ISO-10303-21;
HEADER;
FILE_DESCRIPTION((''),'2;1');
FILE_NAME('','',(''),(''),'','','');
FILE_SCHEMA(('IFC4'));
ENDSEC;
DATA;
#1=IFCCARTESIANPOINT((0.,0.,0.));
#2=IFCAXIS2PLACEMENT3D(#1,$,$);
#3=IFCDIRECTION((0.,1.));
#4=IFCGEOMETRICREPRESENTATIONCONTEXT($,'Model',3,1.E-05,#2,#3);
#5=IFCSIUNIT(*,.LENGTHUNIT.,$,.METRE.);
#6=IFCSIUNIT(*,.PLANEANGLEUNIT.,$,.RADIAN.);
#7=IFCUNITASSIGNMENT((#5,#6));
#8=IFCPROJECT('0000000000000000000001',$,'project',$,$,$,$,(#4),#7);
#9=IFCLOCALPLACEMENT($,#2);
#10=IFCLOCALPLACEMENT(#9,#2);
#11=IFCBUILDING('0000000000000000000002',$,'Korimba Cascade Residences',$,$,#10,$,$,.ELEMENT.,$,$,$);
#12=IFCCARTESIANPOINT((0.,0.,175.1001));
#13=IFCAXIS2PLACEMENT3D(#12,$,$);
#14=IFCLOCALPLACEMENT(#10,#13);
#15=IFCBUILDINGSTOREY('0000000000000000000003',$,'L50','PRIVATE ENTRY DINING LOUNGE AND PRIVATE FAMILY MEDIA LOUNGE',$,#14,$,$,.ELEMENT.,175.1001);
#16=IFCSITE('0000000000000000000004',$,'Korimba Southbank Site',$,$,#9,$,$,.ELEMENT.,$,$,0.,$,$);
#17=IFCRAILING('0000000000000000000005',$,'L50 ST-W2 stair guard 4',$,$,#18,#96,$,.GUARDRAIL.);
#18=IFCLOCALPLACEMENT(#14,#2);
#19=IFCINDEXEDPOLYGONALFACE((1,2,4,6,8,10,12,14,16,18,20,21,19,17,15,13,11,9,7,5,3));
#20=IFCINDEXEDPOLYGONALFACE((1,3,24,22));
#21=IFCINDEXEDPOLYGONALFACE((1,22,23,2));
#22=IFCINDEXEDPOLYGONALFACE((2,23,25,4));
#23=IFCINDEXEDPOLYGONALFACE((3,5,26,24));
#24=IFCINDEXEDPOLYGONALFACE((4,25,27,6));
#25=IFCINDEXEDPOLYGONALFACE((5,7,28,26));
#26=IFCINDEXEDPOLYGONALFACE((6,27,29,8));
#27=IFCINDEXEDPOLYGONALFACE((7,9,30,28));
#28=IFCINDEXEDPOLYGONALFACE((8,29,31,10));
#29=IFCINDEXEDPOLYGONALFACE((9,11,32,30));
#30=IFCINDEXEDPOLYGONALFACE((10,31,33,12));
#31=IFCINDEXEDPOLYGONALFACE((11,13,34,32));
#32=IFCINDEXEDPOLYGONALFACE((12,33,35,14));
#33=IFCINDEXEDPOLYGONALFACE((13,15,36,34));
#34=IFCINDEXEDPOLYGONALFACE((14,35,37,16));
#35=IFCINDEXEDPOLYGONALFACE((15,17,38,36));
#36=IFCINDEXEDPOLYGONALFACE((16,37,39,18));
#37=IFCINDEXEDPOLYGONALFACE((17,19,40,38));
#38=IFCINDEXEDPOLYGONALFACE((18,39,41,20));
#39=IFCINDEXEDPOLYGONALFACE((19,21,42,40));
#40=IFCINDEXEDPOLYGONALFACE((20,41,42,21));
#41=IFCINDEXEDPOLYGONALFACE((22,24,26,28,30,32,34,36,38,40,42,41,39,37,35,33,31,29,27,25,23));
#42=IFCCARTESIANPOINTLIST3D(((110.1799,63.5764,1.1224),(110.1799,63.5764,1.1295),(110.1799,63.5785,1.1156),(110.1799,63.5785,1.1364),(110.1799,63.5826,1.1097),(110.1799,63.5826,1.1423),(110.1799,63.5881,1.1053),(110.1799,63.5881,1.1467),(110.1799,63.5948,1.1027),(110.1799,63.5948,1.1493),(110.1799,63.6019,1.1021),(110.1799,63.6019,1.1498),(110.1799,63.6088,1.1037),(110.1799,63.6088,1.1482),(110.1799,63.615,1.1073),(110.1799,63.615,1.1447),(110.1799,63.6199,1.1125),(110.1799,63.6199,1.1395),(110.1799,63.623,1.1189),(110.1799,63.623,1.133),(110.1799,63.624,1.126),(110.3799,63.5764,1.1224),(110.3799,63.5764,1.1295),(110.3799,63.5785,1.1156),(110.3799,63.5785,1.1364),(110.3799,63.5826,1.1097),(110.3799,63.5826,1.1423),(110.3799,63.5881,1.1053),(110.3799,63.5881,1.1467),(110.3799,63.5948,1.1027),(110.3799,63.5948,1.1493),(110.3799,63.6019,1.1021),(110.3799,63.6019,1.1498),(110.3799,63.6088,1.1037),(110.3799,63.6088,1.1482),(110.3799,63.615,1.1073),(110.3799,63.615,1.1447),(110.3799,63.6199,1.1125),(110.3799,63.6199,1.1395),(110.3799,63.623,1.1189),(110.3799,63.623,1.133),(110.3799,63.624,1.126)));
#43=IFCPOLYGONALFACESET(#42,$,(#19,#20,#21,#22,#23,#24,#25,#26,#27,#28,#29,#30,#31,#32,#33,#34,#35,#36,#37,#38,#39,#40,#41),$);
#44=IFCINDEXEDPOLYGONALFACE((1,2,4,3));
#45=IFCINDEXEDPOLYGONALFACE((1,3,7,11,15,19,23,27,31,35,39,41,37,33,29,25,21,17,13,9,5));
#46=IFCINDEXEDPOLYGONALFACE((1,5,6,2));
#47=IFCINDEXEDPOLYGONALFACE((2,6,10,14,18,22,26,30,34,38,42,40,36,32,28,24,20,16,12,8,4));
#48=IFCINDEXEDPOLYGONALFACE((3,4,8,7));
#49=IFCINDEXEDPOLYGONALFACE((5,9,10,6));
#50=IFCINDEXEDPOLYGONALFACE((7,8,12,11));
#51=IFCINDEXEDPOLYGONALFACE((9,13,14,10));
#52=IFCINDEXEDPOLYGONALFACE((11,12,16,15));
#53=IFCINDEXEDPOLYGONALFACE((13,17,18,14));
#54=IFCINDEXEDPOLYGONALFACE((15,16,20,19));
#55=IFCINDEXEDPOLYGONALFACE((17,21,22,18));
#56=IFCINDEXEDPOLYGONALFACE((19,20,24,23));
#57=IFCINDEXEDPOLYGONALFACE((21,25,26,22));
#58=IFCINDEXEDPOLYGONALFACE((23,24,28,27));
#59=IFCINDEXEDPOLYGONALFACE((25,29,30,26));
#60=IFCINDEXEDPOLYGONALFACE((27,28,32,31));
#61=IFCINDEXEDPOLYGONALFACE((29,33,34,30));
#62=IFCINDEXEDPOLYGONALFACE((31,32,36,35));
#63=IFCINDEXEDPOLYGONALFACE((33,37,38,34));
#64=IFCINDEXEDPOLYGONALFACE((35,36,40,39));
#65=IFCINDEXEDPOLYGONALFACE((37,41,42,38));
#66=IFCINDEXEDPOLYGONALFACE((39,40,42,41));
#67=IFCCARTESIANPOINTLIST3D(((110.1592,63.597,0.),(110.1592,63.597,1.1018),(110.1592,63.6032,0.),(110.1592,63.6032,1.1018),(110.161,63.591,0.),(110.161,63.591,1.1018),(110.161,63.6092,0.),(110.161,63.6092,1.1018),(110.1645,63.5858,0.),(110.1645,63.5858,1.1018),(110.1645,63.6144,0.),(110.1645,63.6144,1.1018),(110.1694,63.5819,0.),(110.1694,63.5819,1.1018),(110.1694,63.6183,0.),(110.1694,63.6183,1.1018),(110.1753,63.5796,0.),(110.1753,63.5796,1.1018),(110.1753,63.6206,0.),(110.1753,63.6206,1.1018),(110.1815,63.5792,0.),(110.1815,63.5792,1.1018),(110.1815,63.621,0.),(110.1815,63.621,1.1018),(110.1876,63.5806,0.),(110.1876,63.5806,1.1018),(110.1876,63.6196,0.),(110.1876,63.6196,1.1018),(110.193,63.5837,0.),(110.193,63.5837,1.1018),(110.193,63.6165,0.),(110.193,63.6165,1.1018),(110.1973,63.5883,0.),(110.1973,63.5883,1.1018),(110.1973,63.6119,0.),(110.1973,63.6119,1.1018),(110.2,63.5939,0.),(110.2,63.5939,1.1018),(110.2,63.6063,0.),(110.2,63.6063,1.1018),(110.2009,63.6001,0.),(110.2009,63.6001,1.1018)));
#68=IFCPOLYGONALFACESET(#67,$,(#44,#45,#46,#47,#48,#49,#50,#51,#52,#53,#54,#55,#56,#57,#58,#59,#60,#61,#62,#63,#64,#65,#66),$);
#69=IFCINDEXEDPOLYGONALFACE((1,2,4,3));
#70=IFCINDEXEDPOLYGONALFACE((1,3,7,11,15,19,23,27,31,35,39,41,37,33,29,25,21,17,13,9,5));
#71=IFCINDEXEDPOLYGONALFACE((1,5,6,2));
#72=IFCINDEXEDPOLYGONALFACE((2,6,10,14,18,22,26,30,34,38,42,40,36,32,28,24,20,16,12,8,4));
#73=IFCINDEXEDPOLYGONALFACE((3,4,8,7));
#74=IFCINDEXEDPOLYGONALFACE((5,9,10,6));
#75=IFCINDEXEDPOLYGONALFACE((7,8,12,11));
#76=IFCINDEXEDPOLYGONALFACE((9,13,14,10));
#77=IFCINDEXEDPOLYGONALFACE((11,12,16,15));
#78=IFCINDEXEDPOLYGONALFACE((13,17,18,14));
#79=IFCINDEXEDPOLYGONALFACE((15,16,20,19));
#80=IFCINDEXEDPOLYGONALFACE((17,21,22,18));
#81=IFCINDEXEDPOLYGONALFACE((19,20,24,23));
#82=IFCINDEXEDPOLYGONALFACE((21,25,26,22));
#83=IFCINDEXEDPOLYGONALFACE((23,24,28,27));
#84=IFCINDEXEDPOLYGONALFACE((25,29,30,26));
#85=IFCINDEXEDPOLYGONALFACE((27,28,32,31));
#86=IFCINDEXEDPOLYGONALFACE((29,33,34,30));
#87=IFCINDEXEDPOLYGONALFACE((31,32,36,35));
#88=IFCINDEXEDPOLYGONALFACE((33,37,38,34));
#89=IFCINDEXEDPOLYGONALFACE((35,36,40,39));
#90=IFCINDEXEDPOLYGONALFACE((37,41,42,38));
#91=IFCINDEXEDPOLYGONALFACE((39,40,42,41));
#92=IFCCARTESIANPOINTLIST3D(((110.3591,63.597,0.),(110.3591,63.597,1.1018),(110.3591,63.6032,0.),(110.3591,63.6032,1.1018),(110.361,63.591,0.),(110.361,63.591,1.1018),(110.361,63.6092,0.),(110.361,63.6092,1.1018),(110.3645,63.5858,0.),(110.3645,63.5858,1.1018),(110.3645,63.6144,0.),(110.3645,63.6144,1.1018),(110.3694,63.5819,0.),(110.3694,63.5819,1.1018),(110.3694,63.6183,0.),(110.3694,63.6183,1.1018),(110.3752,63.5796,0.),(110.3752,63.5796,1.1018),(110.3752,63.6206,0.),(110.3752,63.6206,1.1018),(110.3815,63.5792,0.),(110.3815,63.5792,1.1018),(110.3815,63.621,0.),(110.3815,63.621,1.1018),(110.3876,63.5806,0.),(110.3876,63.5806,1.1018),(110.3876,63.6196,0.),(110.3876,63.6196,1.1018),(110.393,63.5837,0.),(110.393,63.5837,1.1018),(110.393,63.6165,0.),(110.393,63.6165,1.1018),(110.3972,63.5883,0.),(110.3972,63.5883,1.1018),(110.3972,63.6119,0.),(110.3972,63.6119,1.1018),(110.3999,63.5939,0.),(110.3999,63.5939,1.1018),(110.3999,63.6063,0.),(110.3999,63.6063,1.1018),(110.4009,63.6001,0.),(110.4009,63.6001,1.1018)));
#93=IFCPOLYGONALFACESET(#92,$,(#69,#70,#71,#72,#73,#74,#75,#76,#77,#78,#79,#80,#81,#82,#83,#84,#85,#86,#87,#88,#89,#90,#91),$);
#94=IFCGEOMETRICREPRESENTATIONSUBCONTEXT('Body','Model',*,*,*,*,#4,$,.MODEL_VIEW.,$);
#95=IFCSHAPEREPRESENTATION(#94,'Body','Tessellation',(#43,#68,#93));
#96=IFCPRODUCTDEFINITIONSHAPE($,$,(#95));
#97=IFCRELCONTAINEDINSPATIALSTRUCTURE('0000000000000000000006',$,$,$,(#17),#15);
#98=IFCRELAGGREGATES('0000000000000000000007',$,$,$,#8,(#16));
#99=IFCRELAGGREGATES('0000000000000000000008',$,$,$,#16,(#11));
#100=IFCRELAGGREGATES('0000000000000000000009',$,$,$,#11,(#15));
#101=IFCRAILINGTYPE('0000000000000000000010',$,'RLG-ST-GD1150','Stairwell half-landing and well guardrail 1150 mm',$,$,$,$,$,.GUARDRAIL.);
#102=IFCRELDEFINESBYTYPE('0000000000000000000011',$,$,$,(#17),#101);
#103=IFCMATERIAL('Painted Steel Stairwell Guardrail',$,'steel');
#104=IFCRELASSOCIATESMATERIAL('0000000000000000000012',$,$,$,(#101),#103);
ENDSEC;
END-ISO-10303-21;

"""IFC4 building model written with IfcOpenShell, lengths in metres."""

from ifc_helpers import new_model, si_unit, direction, frame, origin, origin_2d, place, context, subcontext, project, spatial, circle, extrude, material, type_object, element, save


model = new_model("IFC4")

# Units and contexts
model_context = context("Model", 3, precision=1e-05, world=origin(), true_north=direction((0.0, 1.0)))
body_context = subcontext(model_context, "Body", "Model", "MODEL_VIEW")
ifc_project = project(units=[si_unit("LENGTHUNIT", "METRE"), si_unit("PLANEANGLEUNIT", "RADIAN")], contexts=[model_context])

# Site, building, storey
site_placement = place(None, origin())
site = spatial("IfcSite", under=ifc_project, at=site_placement, Name="Korimba Southbank Site", CompositionType="ELEMENT", RefElevation=0.0)
building_placement = place(site_placement, origin())
building = spatial("IfcBuilding", under=site, at=building_placement, Name="Korimba Cascade Residences", CompositionType="ELEMENT")
storey_placement = place(building_placement, frame((0.0, 0.0, 175.1001)))
storey = spatial("IfcBuildingStorey", under=building, at=storey_placement, Name="L50", Description="PRIVATE ENTRY DINING LOUNGE AND PRIVATE FAMILY MEDIA LOUNGE", CompositionType="ELEMENT", Elevation=175.1001)

# Railing
ifc_material_1 = material(Name="Painted Steel Stairwell Guardrail", Category="steel")
railing_type_1 = type_object("IfcRailingType", Name="RLG-ST-GD1150", Description="Stairwell half-landing and well guardrail 1150 mm", PredefinedType="GUARDRAIL", material=ifc_material_1)
railing_1_placement = place(storey_placement, frame((110.1799, 63.6001, 0.0)))
element("IfcRailing", 1, at=railing_1_placement, inside=storey, type_object=railing_type_1, Name="L50 ST-W2 stair guard 4", PredefinedType="GUARDRAIL", context=body_context, shape_type="SweptSolid", body=[
    extrude(circle(Radius=0.0239, at=origin_2d()), frame((0.0, 0.0, 1.126), z_axis=(1.0, 0.0, 0.0), x_axis=(0.0, 1.0, 0.0)), (0.0, 0.0, 1.0), 0.2),
    extrude(circle(Radius=0.021, at=origin_2d()), origin(), (0.0, 0.0, 1.0), 1.1018),
    extrude(circle(Radius=0.021, at=origin_2d()), frame((0.2, 0.0, 0.0)), (0.0, 0.0, 1.0), 1.1018),
])

save(model, "model.ifc")
